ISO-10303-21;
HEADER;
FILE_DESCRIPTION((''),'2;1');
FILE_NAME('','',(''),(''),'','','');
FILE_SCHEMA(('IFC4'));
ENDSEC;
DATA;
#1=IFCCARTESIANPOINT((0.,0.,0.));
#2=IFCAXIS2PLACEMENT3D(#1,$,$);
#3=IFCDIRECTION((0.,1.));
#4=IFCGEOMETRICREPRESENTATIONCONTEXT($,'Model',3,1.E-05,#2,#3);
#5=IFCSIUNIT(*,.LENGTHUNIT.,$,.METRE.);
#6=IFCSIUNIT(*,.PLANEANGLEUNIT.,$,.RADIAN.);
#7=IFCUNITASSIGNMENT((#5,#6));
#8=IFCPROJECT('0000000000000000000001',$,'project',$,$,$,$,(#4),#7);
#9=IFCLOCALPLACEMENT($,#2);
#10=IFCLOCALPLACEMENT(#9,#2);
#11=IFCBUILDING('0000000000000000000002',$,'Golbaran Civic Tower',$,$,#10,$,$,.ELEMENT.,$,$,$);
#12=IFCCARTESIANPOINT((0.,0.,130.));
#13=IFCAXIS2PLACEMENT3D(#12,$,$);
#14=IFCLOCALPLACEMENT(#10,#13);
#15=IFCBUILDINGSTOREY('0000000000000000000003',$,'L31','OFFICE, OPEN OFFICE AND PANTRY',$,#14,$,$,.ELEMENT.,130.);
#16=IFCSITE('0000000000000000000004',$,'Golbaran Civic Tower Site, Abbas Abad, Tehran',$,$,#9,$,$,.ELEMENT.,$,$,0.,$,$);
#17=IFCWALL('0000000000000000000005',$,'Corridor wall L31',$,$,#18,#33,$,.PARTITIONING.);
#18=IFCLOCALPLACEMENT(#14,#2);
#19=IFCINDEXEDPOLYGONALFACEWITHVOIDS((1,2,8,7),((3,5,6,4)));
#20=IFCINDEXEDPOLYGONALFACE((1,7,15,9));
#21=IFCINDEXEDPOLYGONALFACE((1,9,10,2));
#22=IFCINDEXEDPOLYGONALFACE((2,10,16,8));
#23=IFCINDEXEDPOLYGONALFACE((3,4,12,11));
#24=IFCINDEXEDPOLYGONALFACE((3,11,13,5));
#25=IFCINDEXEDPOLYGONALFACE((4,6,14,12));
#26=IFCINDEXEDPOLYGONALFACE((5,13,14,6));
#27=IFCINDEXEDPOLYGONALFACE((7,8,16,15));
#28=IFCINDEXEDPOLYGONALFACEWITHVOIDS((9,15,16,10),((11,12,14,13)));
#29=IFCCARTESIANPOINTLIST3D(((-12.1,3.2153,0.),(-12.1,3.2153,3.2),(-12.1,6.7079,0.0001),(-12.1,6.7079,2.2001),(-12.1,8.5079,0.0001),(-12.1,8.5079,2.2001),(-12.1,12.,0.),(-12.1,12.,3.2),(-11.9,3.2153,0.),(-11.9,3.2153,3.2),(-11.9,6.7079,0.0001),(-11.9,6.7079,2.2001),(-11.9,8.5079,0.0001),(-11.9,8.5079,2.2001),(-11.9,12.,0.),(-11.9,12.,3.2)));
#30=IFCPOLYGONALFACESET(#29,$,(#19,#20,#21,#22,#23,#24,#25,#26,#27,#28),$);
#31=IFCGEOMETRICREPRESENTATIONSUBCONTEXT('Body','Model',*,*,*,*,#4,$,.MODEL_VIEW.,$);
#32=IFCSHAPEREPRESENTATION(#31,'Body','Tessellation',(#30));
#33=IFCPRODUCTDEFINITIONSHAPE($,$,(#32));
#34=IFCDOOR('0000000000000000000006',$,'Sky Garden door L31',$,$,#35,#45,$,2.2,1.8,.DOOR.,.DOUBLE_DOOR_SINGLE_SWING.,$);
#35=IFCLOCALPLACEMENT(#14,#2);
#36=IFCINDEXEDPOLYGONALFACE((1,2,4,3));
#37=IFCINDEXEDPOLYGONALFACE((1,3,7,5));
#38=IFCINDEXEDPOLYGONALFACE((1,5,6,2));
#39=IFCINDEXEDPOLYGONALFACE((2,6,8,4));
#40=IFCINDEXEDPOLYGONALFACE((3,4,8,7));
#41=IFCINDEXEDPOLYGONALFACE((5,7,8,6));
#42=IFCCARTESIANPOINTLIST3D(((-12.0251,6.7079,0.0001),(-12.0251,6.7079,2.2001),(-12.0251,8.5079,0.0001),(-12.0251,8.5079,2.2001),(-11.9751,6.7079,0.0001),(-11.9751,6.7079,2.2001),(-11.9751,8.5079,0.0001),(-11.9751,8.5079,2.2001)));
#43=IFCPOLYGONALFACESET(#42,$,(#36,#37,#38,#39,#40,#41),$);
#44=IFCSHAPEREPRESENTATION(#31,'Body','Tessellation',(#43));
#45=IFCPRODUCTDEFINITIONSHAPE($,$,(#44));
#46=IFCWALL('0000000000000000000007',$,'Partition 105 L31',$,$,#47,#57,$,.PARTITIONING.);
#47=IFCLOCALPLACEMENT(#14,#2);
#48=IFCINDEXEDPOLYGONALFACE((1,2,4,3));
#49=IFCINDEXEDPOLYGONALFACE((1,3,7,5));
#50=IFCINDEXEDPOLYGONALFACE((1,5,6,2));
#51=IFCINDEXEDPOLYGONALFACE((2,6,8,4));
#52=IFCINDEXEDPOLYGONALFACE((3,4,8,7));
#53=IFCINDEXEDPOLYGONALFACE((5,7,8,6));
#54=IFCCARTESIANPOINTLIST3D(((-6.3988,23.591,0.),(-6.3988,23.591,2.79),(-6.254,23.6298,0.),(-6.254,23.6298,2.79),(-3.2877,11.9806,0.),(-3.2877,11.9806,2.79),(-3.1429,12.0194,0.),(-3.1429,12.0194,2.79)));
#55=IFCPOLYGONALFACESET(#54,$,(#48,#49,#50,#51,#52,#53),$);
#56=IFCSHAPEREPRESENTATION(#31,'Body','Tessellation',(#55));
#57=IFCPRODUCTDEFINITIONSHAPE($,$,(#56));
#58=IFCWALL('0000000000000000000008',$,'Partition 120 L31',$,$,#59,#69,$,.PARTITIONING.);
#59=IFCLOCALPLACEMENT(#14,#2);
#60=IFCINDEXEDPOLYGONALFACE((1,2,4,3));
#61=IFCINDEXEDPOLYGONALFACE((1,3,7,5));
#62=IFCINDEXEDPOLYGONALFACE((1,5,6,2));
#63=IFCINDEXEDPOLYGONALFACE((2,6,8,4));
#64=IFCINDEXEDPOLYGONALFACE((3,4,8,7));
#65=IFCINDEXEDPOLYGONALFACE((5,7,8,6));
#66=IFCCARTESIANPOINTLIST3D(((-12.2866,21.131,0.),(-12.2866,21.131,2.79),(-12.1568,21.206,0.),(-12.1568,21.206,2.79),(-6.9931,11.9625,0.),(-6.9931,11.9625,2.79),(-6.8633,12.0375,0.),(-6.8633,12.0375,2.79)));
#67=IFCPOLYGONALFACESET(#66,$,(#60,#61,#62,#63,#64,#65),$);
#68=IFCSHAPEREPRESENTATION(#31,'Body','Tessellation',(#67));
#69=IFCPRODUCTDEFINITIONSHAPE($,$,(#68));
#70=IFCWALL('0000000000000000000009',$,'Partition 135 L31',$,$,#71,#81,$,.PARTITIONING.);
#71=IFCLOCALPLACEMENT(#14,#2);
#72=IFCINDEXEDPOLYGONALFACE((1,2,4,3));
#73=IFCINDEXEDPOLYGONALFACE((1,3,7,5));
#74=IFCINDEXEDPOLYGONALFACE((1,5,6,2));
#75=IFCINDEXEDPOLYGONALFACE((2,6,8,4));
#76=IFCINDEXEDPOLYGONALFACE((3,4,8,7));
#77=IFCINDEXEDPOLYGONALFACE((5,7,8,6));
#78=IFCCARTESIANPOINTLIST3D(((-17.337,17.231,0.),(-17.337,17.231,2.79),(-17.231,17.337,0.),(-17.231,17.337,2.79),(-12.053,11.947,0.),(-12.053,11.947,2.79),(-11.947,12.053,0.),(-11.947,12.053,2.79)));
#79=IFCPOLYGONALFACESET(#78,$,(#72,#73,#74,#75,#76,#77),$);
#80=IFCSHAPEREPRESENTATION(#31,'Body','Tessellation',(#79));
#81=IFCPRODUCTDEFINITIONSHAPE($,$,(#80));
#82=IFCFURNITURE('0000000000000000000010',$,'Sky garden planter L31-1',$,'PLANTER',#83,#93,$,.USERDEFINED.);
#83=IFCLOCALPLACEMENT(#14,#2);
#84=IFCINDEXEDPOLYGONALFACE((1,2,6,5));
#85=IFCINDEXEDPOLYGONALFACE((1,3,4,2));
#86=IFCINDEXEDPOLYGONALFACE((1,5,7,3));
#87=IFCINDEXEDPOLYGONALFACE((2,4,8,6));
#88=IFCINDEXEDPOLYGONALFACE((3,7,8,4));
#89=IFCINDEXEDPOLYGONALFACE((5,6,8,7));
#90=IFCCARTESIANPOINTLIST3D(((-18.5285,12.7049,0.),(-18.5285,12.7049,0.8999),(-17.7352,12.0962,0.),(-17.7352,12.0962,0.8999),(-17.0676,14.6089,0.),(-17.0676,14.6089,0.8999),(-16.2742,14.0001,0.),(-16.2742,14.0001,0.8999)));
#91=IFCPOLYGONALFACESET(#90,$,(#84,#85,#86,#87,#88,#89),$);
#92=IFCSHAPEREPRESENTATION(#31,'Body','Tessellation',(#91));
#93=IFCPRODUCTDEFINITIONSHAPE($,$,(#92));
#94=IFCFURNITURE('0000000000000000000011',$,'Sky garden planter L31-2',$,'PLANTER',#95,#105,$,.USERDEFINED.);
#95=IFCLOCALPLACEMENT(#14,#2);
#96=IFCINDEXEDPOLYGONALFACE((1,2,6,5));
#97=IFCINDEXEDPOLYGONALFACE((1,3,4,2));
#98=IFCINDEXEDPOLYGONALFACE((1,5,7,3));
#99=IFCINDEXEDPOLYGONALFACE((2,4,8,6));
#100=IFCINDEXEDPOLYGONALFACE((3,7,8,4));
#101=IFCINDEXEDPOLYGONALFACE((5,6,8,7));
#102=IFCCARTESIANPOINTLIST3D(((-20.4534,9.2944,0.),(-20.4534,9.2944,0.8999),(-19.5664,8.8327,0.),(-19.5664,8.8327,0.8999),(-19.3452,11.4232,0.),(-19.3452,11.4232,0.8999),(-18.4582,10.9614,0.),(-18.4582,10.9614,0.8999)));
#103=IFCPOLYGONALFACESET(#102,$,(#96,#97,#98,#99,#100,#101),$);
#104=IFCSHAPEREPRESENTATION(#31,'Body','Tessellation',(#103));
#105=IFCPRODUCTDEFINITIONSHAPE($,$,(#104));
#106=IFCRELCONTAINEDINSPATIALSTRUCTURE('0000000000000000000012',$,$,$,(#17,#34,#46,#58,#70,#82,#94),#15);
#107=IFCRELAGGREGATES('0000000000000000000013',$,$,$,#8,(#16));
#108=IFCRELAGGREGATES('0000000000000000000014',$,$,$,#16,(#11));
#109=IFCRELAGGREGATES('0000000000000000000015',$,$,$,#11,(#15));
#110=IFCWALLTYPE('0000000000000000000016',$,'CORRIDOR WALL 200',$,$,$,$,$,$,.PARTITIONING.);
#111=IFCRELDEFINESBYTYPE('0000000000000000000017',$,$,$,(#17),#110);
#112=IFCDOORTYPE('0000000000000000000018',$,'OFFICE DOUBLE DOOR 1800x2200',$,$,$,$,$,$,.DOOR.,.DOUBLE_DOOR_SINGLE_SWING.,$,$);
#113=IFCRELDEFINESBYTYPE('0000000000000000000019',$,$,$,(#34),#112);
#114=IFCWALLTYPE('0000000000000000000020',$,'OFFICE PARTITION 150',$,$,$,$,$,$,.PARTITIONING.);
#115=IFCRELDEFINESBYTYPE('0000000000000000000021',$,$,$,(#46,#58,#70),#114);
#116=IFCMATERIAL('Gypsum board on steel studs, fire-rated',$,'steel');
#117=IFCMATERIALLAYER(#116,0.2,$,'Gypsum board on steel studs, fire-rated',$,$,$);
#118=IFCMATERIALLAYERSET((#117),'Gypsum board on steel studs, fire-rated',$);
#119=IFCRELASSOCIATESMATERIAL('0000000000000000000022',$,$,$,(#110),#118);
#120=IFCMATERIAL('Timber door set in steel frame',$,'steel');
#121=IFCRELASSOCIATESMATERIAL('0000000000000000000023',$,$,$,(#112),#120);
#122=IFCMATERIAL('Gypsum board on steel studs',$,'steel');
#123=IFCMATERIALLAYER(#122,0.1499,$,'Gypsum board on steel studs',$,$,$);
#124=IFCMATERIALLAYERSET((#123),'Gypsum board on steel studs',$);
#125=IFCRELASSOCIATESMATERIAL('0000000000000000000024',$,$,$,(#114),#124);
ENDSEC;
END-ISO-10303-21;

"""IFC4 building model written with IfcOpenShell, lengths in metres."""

from ifc_helpers import new_model, si_unit, direction, frame, frame_2d, origin, origin_2d, place, context, subcontext, project, spatial, rectangle, extrude, material, layer, layer_set, type_object, element, fill, save


model = new_model("IFC4")

# Units and contexts
model_context = context("Model", 3, precision=1e-05, world=origin(), true_north=direction((0.0, 1.0)))
body_context = subcontext(model_context, "Body", "Model", "MODEL_VIEW")
ifc_project = project(units=[si_unit("LENGTHUNIT", "METRE"), si_unit("PLANEANGLEUNIT", "RADIAN")], contexts=[model_context])

# Site, building, storey
site_placement = place(None, origin())
site = spatial("IfcSite", under=ifc_project, at=site_placement, Name="Golbaran Civic Tower Site, Abbas Abad, Tehran", CompositionType="ELEMENT", RefElevation=0.0)
building_placement = place(site_placement, origin())
building = spatial("IfcBuilding", under=site, at=building_placement, Name="Golbaran Civic Tower", CompositionType="ELEMENT")
storey_placement = place(building_placement, frame((0.0, 0.0, 130.0)))
storey = spatial("IfcBuildingStorey", under=building, at=storey_placement, Name="L31", Description="OFFICE, OPEN OFFICE AND PANTRY", CompositionType="ELEMENT", Elevation=130.0)

# Shared definitions
ifc_material_1 = material(Name="Timber door set in steel frame", Category="steel")

# Wall, opening, door
ifc_material_2 = material(Name="Gypsum board on steel studs, fire-rated", Category="steel")
ifc_layer_1 = layer(ifc_material_2, 0.2, Name="Gypsum board on steel studs, fire-rated")
ifc_layer_set_1 = layer_set([ifc_layer_1], Name="Gypsum board on steel studs, fire-rated")
wall_type_1 = type_object("IfcWallType", Name="CORRIDOR WALL 200", PredefinedType="PARTITIONING", material=ifc_layer_set_1)
wall_1_placement = place(storey_placement, frame((-12.0, 12.0, 0.0), z_axis=(0.0, 0.0, 1.0), x_axis=(0.0, -1.0, 0.0)))
wall_1 = element("IfcWall", 1, at=wall_1_placement, inside=storey, type_object=wall_type_1, Name="Corridor wall L31", PredefinedType="PARTITIONING", context=body_context, shape_type="SweptSolid", body=[
    extrude(rectangle(XDim=8.7847, YDim=0.2, at=frame_2d((4.3923, 0.0))), origin(), (0.0, 0.0, 1.0), 3.2),
])
opening_1_placement = place(wall_1_placement, frame((3.4922, 0.0, 0.0)))
opening_1 = element("IfcOpeningElement", 2, at=opening_1_placement, cuts=wall_1, PredefinedType="OPENING", context=body_context, shape_type="SweptSolid", body=[
    extrude(rectangle(XDim=1.8, YDim=2.2, at=frame_2d((0.8999, 1.1001))), frame((0.0, 0.1099, 0.0), z_axis=(0.0, -1.0, 0.0), x_axis=(1.0, 0.0, 0.0)), (0.0, 0.0, 1.0), 0.22),
])
door_type_1 = type_object("IfcDoorType", Name="OFFICE DOUBLE DOOR 1800x2200", OperationType="DOUBLE_DOOR_SINGLE_SWING", PredefinedType="DOOR", material=ifc_material_1)
door_1_placement = place(opening_1_placement, origin())
door_1 = element("IfcDoor", 3, at=door_1_placement, inside=storey, type_object=door_type_1, Name="Sky Garden door L31", OperationType="DOUBLE_DOOR_SINGLE_SWING", OverallHeight=2.2, OverallWidth=1.8, PredefinedType="DOOR", context=body_context, shape_type="SweptSolid", body=[
    extrude(rectangle(XDim=1.8, YDim=2.2, at=frame_2d((0.8999, 1.1001))), frame((0.0, 0.0249, 0.0), z_axis=(0.0, -1.0, 0.0), x_axis=(1.0, 0.0, 0.0)), (0.0, 0.0, 1.0), 0.05),
])
fill(opening_1, door_1)

# Walls
ifc_material_3 = material(Name="Gypsum board on steel studs", Category="steel")
ifc_layer_2 = layer(ifc_material_3, 0.1499, Name="Gypsum board on steel studs")
ifc_layer_set_2 = layer_set([ifc_layer_2], Name="Gypsum board on steel studs")
wall_type_2 = type_object("IfcWallType", Name="OFFICE PARTITION 150", PredefinedType="PARTITIONING", material=ifc_layer_set_2)
wall_2_placement = place(storey_placement, frame((-3.2153, 12.0, 0.0), z_axis=(0.0, 0.0, 1.0), x_axis=(-0.258827, 0.965924, 0.0)))
element("IfcWall", 4, at=wall_2_placement, inside=storey, type_object=wall_type_2, Name="Partition 105 L31", PredefinedType="PARTITIONING", context=body_context, shape_type="SweptSolid", body=[
    extrude(rectangle(XDim=12.02, YDim=0.1499, at=frame_2d((6.01, 0.0))), origin(), (0.0, 0.0, 1.0), 2.79),
])
wall_3_placement = place(storey_placement, frame((-6.9282, 12.0, 0.0), z_axis=(0.0, 0.0, 1.0), x_axis=(-0.500003, 0.866024, 0.0)))
element("IfcWall", 5, at=wall_3_placement, inside=storey, type_object=wall_type_2, Name="Partition 120 L31", PredefinedType="PARTITIONING", context=body_context, shape_type="SweptSolid", body=[
    extrude(rectangle(XDim=10.5869, YDim=0.1499, at=frame_2d((5.2935, 0.0))), origin(), (0.0, 0.0, 1.0), 2.79),
])
wall_4_placement = place(storey_placement, frame((-12.0, 12.0, 0.0), z_axis=(0.0, 0.0, 1.0), x_axis=(-0.707107, 0.707107, 0.0)))
element("IfcWall", 6, at=wall_4_placement, inside=storey, type_object=wall_type_2, Name="Partition 135 L31", PredefinedType="PARTITIONING", context=body_context, shape_type="SweptSolid", body=[
    extrude(rectangle(XDim=7.4727, YDim=0.1499, at=frame_2d((3.7363, 0.0))), origin(), (0.0, 0.0, 1.0), 2.79),
])

# Furniture
for number, where, z_axis, x_axis, name in (
    (7, (-17.4014, 13.3525, 0.0), (0.0, 0.0, 1.0), (-0.608761, -0.793353, 0.0), "Sky garden planter L31-1"),
    (8, (-19.4558, 10.1279, 0.0), (0.0, 0.0, 1.0), (-0.461749, -0.887011, 0.0), "Sky garden planter L31-2"),
):
    element("IfcFurniture", number, at=place(storey_placement, frame(where, z_axis=z_axis, x_axis=x_axis)), inside=storey, Name=name, ObjectType="PLANTER", PredefinedType="USERDEFINED", context=body_context, shape_type="SweptSolid", body=[
        extrude(rectangle(XDim=2.3999, YDim=1.0, at=origin_2d()), origin(), (0.0, 0.0, 1.0), 0.8999),
    ])

save(model, "model.ifc")
